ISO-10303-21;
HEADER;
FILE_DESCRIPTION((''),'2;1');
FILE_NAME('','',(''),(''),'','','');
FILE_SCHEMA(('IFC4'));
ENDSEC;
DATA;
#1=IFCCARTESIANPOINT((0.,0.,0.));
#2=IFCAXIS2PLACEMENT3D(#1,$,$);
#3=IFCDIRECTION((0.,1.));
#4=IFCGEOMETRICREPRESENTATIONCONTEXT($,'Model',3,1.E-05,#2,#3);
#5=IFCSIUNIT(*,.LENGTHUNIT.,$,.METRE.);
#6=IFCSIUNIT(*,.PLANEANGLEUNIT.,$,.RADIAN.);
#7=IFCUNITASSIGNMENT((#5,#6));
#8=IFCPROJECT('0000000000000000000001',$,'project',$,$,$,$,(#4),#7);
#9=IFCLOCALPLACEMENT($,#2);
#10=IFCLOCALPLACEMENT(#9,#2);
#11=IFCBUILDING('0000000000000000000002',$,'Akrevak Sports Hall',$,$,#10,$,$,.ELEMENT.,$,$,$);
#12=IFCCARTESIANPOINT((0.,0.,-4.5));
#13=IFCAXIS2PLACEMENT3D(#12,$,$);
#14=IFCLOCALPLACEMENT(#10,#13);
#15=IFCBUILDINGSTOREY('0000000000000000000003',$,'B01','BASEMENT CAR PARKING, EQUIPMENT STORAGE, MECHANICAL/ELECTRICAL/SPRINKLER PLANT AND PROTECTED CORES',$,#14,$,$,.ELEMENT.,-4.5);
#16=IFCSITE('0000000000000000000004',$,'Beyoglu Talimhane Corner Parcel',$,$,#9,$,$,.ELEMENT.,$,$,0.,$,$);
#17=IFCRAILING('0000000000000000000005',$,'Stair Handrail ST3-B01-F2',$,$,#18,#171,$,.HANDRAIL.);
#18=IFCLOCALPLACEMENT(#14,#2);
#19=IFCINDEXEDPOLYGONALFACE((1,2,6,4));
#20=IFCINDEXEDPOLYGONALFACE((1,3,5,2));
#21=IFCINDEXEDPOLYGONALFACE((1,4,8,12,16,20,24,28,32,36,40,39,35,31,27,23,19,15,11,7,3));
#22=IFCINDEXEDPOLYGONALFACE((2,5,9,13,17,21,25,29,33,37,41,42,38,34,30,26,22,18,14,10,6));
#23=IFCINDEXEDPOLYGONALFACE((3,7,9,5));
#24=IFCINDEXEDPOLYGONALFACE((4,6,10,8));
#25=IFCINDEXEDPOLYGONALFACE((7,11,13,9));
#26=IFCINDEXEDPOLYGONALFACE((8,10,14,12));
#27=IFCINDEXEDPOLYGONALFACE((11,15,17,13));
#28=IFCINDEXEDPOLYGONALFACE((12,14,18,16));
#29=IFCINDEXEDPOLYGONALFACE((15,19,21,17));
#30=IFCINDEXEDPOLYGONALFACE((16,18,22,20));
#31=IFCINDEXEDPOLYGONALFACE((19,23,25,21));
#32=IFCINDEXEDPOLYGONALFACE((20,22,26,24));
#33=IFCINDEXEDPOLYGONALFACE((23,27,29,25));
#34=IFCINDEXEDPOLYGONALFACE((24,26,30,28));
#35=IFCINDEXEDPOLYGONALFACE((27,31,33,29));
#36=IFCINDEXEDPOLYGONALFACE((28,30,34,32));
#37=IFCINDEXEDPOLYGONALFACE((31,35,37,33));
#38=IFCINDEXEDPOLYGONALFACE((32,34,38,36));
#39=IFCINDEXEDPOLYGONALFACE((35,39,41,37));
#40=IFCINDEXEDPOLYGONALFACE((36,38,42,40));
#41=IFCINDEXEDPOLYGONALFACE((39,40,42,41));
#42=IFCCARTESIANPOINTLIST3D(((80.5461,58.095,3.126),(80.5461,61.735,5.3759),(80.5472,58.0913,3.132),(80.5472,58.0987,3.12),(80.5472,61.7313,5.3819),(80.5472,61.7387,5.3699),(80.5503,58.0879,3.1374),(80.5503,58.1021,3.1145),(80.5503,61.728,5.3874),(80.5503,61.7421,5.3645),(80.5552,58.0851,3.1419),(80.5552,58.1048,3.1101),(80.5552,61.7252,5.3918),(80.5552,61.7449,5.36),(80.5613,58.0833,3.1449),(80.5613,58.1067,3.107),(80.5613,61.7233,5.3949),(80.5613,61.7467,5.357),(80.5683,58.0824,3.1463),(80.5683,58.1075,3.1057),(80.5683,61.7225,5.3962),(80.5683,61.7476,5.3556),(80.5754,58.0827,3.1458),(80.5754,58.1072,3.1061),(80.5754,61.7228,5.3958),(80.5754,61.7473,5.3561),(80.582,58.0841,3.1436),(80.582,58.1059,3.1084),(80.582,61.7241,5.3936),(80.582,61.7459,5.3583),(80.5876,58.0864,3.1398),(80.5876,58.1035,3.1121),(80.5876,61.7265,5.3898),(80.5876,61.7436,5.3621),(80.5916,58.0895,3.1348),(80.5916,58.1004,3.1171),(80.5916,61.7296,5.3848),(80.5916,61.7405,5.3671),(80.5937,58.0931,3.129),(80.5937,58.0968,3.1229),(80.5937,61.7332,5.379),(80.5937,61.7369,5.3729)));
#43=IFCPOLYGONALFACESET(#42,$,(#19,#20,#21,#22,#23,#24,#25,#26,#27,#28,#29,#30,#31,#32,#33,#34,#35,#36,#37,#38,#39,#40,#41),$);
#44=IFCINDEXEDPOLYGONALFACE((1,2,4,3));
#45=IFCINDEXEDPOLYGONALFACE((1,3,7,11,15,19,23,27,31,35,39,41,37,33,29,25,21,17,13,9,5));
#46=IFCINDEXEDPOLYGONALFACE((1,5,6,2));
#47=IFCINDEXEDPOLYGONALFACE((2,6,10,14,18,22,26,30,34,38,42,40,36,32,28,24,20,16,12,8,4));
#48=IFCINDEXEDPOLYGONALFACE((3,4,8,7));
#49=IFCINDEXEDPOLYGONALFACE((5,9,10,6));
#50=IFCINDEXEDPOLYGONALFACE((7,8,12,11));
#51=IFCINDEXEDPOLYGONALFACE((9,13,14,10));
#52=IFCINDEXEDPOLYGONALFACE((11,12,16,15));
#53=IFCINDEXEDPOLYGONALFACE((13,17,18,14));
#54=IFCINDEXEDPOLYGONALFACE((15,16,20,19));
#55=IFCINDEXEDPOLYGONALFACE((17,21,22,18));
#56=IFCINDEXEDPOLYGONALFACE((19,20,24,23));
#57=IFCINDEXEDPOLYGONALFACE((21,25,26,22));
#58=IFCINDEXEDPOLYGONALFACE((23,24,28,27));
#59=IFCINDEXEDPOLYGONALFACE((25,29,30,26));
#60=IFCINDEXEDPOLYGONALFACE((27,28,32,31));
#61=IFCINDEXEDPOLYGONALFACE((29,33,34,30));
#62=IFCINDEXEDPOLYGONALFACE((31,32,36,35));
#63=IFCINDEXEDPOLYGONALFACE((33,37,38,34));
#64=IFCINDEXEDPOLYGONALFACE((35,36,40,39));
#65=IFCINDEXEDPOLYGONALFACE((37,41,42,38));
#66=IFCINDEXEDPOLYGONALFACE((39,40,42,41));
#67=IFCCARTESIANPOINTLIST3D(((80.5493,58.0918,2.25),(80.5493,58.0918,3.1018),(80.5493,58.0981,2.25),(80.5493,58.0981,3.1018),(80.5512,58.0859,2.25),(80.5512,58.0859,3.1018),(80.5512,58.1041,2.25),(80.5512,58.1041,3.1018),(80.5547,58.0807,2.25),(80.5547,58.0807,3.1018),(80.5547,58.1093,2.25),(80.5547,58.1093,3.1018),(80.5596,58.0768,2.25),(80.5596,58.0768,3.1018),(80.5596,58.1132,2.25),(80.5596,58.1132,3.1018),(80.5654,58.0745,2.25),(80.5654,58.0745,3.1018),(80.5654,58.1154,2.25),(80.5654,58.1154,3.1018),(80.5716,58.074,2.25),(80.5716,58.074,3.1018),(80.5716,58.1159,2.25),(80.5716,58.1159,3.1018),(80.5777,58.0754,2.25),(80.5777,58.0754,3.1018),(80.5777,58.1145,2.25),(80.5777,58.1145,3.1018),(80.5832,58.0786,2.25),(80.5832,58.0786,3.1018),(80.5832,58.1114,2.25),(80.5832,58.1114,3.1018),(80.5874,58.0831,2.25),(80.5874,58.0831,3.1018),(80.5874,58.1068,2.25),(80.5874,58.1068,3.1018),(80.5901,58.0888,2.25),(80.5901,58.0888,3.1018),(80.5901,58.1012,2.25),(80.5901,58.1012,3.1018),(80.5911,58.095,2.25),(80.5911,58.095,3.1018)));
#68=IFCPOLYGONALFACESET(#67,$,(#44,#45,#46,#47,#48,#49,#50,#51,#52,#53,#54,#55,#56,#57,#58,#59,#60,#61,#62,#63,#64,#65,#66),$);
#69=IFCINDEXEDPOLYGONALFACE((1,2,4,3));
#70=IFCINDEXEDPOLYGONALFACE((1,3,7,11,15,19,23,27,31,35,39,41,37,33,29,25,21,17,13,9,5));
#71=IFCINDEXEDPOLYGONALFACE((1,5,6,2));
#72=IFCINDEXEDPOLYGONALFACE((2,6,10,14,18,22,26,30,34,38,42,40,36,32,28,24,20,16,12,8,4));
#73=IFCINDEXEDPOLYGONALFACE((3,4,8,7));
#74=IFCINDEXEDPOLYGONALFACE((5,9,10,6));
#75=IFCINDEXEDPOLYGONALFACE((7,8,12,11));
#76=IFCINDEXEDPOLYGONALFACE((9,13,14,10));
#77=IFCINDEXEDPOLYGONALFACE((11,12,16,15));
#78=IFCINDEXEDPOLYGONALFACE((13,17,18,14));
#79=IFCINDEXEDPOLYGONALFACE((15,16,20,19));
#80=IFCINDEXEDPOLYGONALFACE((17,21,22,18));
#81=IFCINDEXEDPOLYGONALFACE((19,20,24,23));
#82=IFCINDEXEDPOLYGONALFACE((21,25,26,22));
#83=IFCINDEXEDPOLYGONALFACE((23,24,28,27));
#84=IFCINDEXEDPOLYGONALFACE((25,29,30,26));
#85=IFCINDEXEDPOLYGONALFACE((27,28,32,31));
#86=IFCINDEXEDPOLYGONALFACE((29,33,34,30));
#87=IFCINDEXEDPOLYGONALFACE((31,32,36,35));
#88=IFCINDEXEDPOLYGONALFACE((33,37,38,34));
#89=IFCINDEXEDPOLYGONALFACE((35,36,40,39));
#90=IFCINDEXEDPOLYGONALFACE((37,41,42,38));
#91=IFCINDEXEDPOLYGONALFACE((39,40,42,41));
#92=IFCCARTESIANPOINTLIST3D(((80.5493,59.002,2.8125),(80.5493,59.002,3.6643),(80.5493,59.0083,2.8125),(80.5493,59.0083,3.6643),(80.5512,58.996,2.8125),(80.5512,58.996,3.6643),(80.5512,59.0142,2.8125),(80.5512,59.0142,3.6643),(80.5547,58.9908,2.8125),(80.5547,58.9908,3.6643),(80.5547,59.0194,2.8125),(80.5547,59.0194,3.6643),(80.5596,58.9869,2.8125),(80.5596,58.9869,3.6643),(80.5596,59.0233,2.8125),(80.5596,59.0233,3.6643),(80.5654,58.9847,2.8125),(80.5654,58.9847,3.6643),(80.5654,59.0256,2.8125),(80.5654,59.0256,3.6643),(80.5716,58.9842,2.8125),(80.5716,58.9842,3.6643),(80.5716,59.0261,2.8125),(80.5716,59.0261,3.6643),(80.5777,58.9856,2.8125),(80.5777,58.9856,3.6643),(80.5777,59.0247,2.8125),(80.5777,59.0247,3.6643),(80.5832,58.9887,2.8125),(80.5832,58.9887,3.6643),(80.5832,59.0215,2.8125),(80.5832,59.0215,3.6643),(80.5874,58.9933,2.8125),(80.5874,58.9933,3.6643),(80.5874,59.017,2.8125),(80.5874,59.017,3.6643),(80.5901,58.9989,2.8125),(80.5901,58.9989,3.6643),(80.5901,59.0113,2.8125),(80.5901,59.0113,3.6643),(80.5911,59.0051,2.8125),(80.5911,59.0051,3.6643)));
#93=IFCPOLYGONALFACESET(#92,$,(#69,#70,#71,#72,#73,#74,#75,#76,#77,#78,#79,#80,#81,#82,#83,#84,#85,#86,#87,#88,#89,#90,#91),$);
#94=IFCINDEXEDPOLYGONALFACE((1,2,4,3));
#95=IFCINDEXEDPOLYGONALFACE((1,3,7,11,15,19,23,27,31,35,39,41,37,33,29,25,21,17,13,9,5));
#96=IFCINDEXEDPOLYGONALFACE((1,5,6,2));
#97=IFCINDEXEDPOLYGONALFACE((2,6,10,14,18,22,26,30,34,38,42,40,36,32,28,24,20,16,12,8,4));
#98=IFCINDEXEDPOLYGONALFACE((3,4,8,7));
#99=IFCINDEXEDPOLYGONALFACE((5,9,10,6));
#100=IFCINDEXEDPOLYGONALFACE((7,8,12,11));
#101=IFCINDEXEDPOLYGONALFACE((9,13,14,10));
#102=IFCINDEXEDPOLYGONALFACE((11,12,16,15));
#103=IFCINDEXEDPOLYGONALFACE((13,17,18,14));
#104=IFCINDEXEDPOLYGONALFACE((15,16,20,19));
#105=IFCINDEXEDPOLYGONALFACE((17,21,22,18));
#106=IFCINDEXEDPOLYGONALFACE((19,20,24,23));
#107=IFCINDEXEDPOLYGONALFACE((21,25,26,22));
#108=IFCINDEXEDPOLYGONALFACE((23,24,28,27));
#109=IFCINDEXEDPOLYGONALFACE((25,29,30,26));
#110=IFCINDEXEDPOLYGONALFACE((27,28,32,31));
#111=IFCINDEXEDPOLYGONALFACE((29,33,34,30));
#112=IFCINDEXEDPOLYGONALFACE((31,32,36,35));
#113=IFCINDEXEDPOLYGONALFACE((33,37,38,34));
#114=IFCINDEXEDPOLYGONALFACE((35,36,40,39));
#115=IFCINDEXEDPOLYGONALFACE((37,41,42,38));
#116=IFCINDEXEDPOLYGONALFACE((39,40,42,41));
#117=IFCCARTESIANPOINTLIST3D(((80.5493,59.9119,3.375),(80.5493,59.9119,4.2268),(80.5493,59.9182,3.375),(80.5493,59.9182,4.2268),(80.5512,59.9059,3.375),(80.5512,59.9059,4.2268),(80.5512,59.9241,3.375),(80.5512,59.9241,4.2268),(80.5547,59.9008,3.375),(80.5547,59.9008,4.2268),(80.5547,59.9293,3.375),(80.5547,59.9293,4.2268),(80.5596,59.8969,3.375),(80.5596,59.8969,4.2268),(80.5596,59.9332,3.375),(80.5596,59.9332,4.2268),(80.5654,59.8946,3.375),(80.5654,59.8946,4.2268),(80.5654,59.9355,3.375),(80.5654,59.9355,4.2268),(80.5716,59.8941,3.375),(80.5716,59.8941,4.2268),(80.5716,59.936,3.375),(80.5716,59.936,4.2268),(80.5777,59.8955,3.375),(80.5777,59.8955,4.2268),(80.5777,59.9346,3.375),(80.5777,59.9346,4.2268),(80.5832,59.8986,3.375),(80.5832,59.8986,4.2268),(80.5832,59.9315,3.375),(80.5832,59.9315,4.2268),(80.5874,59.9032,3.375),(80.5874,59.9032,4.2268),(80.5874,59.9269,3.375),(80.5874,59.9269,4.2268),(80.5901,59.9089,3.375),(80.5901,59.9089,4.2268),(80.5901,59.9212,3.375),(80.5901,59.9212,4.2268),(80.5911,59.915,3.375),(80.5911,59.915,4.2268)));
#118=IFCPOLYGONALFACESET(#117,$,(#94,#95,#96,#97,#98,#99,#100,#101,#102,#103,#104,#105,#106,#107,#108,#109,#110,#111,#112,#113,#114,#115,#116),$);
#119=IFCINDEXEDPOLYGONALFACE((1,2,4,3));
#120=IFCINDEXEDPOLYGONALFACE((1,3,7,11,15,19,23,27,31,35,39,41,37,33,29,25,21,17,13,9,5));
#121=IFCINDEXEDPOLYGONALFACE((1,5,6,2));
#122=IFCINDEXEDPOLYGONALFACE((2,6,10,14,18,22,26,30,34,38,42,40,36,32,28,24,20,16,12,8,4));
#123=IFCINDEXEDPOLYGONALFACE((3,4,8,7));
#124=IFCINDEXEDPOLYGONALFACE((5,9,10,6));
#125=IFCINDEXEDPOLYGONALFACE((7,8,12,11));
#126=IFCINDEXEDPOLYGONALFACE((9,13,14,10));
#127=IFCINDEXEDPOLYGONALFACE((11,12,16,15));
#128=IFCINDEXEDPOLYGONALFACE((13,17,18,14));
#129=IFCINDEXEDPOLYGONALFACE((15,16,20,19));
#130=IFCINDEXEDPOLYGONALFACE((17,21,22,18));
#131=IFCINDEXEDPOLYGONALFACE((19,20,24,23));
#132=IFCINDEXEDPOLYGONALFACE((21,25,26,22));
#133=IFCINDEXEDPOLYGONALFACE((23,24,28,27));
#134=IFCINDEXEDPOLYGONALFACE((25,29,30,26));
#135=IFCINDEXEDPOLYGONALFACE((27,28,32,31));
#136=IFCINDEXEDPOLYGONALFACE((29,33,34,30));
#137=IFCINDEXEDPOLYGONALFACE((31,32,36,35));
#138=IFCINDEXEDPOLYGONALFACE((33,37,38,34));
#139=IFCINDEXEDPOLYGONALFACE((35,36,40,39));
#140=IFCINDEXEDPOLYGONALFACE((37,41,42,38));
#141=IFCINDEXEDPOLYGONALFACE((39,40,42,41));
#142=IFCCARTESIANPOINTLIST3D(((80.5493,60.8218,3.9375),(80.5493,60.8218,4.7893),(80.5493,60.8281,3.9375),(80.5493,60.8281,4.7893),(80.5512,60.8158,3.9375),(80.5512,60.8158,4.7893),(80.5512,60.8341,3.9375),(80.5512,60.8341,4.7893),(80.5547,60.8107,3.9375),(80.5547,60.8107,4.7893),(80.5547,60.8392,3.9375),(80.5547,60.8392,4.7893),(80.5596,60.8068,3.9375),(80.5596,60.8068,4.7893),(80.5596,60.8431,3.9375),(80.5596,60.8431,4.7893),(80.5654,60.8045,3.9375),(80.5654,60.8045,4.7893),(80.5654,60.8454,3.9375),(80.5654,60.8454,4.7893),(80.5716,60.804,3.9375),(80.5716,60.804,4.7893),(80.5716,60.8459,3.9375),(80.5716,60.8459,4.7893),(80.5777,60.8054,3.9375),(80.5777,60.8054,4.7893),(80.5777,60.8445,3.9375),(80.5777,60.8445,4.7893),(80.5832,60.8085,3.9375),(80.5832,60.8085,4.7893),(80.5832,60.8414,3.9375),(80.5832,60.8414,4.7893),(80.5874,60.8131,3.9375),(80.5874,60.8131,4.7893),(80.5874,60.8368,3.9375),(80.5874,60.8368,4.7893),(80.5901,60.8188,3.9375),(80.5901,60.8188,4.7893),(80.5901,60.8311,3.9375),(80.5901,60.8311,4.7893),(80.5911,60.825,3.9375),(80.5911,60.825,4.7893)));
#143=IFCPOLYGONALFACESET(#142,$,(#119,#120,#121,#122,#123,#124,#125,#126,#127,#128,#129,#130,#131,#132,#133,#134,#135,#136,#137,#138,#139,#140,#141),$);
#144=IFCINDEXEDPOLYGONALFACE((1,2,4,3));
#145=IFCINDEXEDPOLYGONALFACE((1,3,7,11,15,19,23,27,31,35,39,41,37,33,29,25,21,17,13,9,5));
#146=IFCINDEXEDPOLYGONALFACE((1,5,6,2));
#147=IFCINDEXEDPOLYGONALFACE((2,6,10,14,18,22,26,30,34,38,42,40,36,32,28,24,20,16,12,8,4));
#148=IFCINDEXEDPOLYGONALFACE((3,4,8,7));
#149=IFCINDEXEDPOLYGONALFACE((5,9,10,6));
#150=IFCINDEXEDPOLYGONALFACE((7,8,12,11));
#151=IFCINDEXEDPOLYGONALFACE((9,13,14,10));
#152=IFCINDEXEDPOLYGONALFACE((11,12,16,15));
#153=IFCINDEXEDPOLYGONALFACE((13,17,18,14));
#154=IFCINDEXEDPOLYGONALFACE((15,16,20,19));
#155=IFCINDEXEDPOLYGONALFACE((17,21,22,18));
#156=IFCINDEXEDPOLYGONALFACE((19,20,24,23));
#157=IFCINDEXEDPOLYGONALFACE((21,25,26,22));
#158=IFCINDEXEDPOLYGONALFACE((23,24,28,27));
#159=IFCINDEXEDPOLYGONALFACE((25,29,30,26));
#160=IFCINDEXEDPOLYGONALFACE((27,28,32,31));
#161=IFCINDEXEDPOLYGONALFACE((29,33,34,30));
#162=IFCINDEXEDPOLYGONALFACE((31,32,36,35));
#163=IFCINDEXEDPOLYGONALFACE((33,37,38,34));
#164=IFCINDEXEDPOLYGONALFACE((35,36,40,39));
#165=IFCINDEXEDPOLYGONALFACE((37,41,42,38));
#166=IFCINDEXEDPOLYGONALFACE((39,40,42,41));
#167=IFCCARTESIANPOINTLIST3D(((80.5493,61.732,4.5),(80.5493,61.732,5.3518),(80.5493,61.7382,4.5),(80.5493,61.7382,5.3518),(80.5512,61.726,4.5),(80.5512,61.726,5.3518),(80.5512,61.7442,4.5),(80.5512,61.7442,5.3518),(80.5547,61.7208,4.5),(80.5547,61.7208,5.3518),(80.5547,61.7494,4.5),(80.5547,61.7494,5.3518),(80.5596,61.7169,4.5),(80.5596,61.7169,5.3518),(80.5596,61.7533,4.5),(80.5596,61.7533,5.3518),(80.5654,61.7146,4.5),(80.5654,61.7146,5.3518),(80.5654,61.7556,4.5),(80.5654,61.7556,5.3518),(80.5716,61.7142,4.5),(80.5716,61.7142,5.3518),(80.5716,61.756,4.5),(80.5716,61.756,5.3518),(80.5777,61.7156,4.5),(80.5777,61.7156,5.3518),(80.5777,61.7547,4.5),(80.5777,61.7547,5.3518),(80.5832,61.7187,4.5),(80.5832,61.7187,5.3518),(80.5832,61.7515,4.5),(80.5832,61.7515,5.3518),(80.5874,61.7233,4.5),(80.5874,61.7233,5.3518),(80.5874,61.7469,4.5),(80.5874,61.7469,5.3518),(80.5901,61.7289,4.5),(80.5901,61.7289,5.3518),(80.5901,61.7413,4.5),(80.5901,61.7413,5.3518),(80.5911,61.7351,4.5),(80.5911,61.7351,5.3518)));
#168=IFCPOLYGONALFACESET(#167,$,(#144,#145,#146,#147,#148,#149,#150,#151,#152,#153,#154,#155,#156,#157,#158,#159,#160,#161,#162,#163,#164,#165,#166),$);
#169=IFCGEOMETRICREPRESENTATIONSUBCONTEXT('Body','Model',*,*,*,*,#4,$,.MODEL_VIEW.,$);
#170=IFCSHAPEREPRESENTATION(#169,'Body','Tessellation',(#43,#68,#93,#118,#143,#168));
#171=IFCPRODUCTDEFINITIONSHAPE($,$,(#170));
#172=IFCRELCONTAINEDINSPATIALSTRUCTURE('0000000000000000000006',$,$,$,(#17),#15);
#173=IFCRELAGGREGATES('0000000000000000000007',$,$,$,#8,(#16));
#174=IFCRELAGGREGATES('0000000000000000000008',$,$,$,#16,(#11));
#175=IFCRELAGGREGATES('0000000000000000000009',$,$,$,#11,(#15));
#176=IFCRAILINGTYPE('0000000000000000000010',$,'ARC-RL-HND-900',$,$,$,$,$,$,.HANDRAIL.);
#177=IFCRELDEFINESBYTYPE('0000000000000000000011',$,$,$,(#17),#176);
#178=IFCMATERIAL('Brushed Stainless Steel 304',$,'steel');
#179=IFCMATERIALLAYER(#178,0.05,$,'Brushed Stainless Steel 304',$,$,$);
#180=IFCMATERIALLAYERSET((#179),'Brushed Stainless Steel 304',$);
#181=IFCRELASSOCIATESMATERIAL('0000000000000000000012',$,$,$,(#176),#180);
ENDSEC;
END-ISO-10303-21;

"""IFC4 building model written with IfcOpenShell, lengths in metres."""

from ifc_helpers import new_model, si_unit, direction, frame, origin, origin_2d, place, context, subcontext, project, spatial, circle, extrude, material, layer, layer_set, type_object, element, save


model = new_model("IFC4")

# Units and contexts
model_context = context("Model", 3, precision=1e-05, world=origin(), true_north=direction((0.0, 1.0)))
body_context = subcontext(model_context, "Body", "Model", "MODEL_VIEW")
ifc_project = project(units=[si_unit("LENGTHUNIT", "METRE"), si_unit("PLANEANGLEUNIT", "RADIAN")], contexts=[model_context])

# Site, building, storey
site_placement = place(None, origin())
site = spatial("IfcSite", under=ifc_project, at=site_placement, Name="Beyoglu Talimhane Corner Parcel", CompositionType="ELEMENT", RefElevation=0.0)
building_placement = place(site_placement, origin())
building = spatial("IfcBuilding", under=site, at=building_placement, Name="Akrevak Sports Hall", CompositionType="ELEMENT")
storey_placement = place(building_placement, frame((0.0, 0.0, -4.5)))
storey = spatial("IfcBuildingStorey", under=building, at=storey_placement, Name="B01", Description="BASEMENT CAR PARKING, EQUIPMENT STORAGE, MECHANICAL/ELECTRICAL/SPRINKLER PLANT AND PROTECTED CORES", CompositionType="ELEMENT", Elevation=-4.5)

# Railing
ifc_material_1 = material(Name="Brushed Stainless Steel 304", Category="steel")
ifc_layer_1 = layer(ifc_material_1, 0.05, Name="Brushed Stainless Steel 304")
ifc_layer_set_1 = layer_set([ifc_layer_1], Name="Brushed Stainless Steel 304")
railing_type_1 = type_object("IfcRailingType", Name="ARC-RL-HND-900", PredefinedType="HANDRAIL", material=ifc_layer_set_1)
railing_1_placement = place(storey_placement, frame((80.5701, 58.095, 2.25)))
element("IfcRailing", 1, at=railing_1_placement, inside=storey, type_object=railing_type_1, Name="Stair Handrail ST3-B01-F2", PredefinedType="HANDRAIL", context=body_context, shape_type="SweptSolid", body=[
    extrude(circle(Radius=0.0239, at=origin_2d()), frame((0.0, 0.0, 0.876), z_axis=(0.0, 0.850622, 0.525777), x_axis=(-1.0, 0.0, 0.0)), (0.0, 0.0, 1.0), 4.2793),
    extrude(circle(Radius=0.021, at=origin_2d()), origin(), (0.0, 0.0, 1.0), 0.8518),
    extrude(circle(Radius=0.021, at=origin_2d()), frame((0.0, 0.9102, 0.5625)), (0.0, 0.0, 1.0), 0.8518),
    extrude(circle(Radius=0.021, at=origin_2d()), frame((0.0, 1.8201, 1.125)), (0.0, 0.0, 1.0), 0.8518),
    extrude(circle(Radius=0.021, at=origin_2d()), frame((0.0, 2.73, 1.6875)), (0.0, 0.0, 1.0), 0.8518),
    extrude(circle(Radius=0.021, at=origin_2d()), frame((0.0, 3.6401, 2.25)), (0.0, 0.0, 1.0), 0.8518),
])

save(model, "model.ifc")
